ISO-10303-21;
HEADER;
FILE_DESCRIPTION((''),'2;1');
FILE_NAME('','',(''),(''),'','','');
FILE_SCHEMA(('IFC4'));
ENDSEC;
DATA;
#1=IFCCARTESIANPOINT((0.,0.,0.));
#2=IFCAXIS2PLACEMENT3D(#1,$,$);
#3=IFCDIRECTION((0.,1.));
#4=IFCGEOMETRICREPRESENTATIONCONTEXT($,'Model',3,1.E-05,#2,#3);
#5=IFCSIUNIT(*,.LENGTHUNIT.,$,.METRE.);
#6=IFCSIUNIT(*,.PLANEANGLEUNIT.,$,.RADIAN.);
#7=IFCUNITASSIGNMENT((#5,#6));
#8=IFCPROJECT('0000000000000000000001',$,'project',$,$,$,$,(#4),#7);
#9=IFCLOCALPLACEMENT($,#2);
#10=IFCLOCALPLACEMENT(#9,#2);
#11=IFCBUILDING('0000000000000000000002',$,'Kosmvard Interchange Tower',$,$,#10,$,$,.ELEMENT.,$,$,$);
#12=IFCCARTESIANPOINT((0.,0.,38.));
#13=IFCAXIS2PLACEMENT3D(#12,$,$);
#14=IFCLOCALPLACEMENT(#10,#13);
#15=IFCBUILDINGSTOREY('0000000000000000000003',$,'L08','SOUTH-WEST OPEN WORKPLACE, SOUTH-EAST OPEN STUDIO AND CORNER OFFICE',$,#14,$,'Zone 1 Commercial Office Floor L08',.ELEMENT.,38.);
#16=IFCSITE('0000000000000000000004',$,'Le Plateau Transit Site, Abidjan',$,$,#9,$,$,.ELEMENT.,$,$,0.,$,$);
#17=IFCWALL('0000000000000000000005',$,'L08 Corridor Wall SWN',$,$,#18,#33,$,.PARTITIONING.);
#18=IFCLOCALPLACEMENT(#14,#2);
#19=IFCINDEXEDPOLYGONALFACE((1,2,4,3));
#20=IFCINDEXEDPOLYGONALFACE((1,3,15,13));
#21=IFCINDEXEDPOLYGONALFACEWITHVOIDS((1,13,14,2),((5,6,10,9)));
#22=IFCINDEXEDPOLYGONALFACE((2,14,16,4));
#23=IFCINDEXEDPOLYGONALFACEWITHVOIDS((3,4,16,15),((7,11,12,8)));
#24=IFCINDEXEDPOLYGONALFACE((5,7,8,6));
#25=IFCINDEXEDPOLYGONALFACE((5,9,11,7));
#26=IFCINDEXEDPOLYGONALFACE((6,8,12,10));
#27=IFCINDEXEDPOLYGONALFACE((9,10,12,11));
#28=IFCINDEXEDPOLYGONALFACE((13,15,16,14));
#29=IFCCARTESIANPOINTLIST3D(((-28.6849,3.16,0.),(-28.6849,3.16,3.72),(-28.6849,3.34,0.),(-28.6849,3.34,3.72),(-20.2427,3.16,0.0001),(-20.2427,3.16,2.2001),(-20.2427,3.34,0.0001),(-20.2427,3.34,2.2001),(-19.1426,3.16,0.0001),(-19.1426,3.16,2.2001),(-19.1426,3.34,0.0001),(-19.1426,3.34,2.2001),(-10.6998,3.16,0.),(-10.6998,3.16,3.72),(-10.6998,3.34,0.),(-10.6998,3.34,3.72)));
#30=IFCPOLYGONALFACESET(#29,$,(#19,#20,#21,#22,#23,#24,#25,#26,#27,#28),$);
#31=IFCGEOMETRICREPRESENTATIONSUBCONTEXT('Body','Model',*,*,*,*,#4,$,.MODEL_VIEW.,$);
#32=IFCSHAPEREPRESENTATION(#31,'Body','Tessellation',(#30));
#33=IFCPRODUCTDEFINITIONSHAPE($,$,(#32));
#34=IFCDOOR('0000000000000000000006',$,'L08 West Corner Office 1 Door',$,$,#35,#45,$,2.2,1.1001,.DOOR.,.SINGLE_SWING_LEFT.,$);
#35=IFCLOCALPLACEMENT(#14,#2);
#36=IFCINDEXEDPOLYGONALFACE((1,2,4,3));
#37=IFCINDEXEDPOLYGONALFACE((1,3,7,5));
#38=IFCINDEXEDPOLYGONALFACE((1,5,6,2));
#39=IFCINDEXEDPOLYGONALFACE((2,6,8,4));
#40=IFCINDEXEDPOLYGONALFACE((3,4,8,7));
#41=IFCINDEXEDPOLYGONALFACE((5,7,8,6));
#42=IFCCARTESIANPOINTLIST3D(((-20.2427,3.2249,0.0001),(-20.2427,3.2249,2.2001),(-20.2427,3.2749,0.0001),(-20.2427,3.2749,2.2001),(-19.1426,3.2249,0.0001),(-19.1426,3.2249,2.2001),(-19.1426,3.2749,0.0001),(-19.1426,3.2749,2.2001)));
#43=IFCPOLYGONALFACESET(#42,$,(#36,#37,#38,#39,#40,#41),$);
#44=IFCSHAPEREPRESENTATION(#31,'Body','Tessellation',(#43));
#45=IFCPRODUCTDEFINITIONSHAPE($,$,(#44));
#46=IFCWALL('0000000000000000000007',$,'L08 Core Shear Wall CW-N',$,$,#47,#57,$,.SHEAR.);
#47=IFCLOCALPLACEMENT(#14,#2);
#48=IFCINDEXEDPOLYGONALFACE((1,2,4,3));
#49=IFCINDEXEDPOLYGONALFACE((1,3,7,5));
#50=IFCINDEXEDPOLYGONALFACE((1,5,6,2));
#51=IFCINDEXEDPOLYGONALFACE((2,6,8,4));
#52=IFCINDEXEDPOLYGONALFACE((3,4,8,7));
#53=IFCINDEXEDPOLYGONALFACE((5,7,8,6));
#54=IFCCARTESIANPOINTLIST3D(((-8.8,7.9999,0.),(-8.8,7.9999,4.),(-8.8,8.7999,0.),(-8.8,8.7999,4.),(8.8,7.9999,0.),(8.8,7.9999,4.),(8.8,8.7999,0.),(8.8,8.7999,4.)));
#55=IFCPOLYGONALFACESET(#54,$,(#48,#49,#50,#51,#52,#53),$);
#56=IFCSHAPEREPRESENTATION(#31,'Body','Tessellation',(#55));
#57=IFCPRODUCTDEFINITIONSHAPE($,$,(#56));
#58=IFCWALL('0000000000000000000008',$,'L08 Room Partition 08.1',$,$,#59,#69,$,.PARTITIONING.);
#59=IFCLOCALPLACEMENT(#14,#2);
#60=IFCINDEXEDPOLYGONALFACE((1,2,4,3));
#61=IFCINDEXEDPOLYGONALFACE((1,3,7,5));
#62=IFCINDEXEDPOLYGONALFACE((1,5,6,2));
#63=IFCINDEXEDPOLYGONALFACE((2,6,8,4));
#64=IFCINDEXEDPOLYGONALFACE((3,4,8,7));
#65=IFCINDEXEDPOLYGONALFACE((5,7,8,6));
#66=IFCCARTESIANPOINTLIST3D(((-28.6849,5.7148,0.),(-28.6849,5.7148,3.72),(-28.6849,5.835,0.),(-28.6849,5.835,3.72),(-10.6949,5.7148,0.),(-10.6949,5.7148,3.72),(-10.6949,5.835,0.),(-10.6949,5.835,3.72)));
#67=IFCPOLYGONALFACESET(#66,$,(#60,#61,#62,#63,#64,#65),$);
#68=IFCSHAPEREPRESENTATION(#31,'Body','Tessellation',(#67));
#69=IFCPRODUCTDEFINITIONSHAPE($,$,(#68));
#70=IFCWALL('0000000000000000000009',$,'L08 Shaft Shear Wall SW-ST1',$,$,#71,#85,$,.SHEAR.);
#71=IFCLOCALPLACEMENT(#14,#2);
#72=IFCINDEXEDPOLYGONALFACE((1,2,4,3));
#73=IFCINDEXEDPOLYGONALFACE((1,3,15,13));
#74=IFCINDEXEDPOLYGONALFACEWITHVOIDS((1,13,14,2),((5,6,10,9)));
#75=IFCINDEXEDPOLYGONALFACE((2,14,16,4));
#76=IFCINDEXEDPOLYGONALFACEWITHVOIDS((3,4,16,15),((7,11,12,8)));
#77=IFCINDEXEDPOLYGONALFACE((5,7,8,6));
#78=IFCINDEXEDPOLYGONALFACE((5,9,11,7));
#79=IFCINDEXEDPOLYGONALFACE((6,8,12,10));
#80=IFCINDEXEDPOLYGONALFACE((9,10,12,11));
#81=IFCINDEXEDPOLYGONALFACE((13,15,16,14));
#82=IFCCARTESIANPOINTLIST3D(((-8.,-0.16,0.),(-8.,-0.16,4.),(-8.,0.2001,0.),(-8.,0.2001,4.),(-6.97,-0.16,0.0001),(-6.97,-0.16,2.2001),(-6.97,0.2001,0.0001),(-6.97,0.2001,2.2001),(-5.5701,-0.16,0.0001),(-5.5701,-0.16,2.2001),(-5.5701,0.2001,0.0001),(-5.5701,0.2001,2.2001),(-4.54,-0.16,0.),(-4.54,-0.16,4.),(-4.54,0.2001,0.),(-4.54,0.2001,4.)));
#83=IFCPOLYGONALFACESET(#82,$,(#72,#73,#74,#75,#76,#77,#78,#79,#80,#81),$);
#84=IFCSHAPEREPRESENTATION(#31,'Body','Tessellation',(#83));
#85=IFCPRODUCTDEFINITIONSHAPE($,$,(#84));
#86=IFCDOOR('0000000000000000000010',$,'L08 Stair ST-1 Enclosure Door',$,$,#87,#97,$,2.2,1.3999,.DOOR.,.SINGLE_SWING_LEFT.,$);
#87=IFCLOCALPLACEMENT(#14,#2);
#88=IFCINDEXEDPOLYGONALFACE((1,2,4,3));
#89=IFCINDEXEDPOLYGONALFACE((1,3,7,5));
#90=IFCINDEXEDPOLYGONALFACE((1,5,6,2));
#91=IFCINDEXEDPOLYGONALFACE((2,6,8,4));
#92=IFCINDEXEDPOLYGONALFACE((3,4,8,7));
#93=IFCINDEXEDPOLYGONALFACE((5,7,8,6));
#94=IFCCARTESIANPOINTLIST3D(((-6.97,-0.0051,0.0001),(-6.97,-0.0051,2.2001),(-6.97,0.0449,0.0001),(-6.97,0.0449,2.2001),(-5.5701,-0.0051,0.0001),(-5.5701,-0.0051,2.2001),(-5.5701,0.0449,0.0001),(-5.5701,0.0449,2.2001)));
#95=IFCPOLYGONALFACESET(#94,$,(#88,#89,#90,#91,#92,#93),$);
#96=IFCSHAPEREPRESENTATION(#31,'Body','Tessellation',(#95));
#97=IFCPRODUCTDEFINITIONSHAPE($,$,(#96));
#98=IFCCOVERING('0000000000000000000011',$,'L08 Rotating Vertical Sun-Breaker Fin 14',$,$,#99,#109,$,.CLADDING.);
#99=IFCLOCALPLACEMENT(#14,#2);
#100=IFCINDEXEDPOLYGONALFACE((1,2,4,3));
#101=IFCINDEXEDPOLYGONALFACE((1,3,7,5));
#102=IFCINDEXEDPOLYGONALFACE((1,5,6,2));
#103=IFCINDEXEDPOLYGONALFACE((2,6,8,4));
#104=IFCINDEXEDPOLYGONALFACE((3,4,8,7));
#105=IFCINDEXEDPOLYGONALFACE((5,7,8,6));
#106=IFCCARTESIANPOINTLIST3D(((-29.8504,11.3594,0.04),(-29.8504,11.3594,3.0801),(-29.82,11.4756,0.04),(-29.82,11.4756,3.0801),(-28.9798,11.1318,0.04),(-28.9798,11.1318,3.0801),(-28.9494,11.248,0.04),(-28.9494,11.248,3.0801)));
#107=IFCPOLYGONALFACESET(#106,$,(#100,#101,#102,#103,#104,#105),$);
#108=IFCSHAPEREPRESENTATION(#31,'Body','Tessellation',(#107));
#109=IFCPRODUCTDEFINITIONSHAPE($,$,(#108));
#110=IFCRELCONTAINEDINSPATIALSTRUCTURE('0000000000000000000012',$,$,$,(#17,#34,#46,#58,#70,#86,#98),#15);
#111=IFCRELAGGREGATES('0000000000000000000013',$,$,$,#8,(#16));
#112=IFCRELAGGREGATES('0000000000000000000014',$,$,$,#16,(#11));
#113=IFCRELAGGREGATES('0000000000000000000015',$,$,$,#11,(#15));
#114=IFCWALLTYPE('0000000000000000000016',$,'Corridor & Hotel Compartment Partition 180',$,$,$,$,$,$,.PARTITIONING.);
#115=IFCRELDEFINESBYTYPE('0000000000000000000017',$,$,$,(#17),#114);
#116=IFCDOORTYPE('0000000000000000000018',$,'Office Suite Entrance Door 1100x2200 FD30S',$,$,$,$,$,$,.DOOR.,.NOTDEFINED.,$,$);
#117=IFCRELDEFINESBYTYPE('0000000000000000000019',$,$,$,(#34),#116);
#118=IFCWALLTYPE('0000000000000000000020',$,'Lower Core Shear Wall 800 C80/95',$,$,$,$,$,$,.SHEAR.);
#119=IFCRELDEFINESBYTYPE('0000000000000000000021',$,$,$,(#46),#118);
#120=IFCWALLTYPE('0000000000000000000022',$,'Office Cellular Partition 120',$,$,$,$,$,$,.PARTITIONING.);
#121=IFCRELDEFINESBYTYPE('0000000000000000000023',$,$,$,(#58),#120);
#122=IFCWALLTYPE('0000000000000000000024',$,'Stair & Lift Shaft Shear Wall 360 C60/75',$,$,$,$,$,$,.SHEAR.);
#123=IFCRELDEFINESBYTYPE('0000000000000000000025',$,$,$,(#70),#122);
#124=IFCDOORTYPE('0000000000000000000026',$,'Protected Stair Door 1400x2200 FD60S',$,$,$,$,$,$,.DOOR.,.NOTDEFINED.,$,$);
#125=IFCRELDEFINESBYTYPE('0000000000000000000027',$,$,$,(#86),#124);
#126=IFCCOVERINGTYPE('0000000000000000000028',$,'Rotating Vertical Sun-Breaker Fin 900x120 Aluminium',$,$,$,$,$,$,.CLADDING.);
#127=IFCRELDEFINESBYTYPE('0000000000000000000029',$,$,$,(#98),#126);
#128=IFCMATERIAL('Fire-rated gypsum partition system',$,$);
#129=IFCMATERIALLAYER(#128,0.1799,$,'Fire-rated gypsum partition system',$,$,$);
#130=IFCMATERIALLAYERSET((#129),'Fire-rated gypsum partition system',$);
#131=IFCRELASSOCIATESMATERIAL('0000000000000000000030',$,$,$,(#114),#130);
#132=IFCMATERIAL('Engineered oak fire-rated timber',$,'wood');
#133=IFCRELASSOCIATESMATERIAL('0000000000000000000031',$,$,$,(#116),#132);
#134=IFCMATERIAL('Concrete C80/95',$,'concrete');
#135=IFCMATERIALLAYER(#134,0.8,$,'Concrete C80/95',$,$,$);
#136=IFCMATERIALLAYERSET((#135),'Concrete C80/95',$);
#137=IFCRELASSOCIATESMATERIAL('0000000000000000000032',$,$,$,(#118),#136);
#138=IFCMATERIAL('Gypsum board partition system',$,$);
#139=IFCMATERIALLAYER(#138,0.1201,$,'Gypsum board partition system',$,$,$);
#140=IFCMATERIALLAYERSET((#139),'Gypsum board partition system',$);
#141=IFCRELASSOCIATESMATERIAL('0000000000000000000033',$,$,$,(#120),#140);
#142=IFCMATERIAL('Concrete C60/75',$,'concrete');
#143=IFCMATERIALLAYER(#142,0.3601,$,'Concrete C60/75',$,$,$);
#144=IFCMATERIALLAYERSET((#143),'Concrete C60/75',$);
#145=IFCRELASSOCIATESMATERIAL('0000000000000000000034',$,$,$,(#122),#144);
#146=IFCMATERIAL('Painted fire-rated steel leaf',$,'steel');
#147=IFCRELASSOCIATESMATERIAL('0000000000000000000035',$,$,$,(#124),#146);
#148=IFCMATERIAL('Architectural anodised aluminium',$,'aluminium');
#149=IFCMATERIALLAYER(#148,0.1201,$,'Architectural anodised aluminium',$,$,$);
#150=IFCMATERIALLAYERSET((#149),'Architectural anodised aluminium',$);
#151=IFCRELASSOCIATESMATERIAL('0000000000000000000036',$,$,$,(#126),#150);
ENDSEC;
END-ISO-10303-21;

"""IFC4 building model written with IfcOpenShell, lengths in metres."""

from ifc_helpers import new_model, si_unit, direction, frame, frame_2d, origin, origin_2d, place, context, subcontext, project, spatial, rectangle, extrude, source, transform, mapped, material, layer, layer_set, type_object, element, fill, save


model = new_model("IFC4")

# Units and contexts
model_context = context("Model", 3, precision=1e-05, world=origin(), true_north=direction((0.0, 1.0)))
body_context = subcontext(model_context, "Body", "Model", "MODEL_VIEW")
ifc_project = project(units=[si_unit("LENGTHUNIT", "METRE"), si_unit("PLANEANGLEUNIT", "RADIAN")], contexts=[model_context])

# Site, building, storey
site_placement = place(None, origin())
site = spatial("IfcSite", under=ifc_project, at=site_placement, Name="Le Plateau Transit Site, Abidjan", CompositionType="ELEMENT", RefElevation=0.0)
building_placement = place(site_placement, origin())
building = spatial("IfcBuilding", under=site, at=building_placement, Name="Kosmvard Interchange Tower", CompositionType="ELEMENT")
storey_placement = place(building_placement, frame((0.0, 0.0, 38.0)))
storey = spatial("IfcBuildingStorey", under=building, at=storey_placement, Name="L08", Description="SOUTH-WEST OPEN WORKPLACE, SOUTH-EAST OPEN STUDIO AND CORNER OFFICE", LongName="Zone 1 Commercial Office Floor L08", CompositionType="ELEMENT", Elevation=38.0)

# Shared definitions
ifc_material_1 = material(Name="Concrete C80/95", Category="concrete")

# Shared definitions
ifc_material_2 = material(Name="Fire-rated gypsum partition system")
ifc_layer_1 = layer(ifc_material_2, 0.1799, Name="Fire-rated gypsum partition system")
ifc_layer_set_1 = layer_set([ifc_layer_1], Name="Fire-rated gypsum partition system")
wall_type_1 = type_object("IfcWallType", Name="Corridor & Hotel Compartment Partition 180", PredefinedType="PARTITIONING", material=ifc_layer_set_1)
ifc_material_3 = material(Name="Engineered oak fire-rated timber", Category="wood")
door_type_1 = type_object("IfcDoorType", Name="Office Suite Entrance Door 1100x2200 FD30S", OperationType="NOTDEFINED", PredefinedType="DOOR", material=ifc_material_3)
shared_shape_1 = source(origin(), body_context, "Body", "SweptSolid", [
    extrude(rectangle(XDim=1.1001, YDim=2.2, at=frame_2d((0.55, 1.1001))), frame((0.0, 0.0249, 0.0), z_axis=(0.0, -1.0, 0.0), x_axis=(1.0, 0.0, 0.0)), (0.0, 0.0, 1.0), 0.05),
])

# Wall, opening, door
wall_1_placement = place(storey_placement, frame((-28.6851, 3.25, 0.0), z_axis=(0.0, 0.0, 1.0), x_axis=(1.0, 0.0, 0.0)))
wall_1 = element("IfcWall", 1, at=wall_1_placement, inside=storey, type_object=wall_type_1, Name="L08 Corridor Wall SWN", PredefinedType="PARTITIONING", context=body_context, shape_type="SweptSolid", body=[
    extrude(rectangle(XDim=17.9851, YDim=0.1799, at=frame_2d((8.9927, 0.0))), origin(), (0.0, 0.0, 1.0), 3.72),
])
opening_1_placement = place(wall_1_placement, frame((8.4424, 0.0, 0.0)))
opening_1 = element("IfcOpeningElement", 2, at=opening_1_placement, cuts=wall_1, PredefinedType="OPENING", context=body_context, shape_type="SweptSolid", body=[
    extrude(rectangle(XDim=1.1001, YDim=2.2, at=frame_2d((0.55, 1.1001))), frame((0.0, 0.1001, 0.0), z_axis=(0.0, -1.0, 0.0), x_axis=(1.0, 0.0, 0.0)), (0.0, 0.0, 1.0), 0.2),
])
door_1_placement = place(opening_1_placement, origin())
door_1 = element("IfcDoor", 3, at=door_1_placement, inside=storey, type_object=door_type_1, Name="L08 West Corner Office 1 Door", OperationType="SINGLE_SWING_LEFT", OverallHeight=2.2, OverallWidth=1.1001, PredefinedType="DOOR", context=body_context, shape_type="MappedRepresentation", body=[
    mapped(shared_shape_1, transform((0.0, 0.0, 0.0), scale=1.0)),
])
fill(opening_1, door_1)

# Walls
ifc_layer_2 = layer(ifc_material_1, 0.8, Name="Concrete C80/95")
ifc_layer_set_2 = layer_set([ifc_layer_2], Name="Concrete C80/95")
wall_type_2 = type_object("IfcWallType", Name="Lower Core Shear Wall 800 C80/95", PredefinedType="SHEAR", material=ifc_layer_set_2)
wall_2_placement = place(storey_placement, frame((-8.8, 8.3999, 0.0), z_axis=(0.0, 0.0, 1.0), x_axis=(1.0, 0.0, 0.0)))
element("IfcWall", 4, at=wall_2_placement, inside=storey, type_object=wall_type_2, Name="L08 Core Shear Wall CW-N", PredefinedType="SHEAR", context=body_context, shape_type="SweptSolid", body=[
    extrude(rectangle(XDim=17.6001, YDim=0.8, at=frame_2d((8.8, 0.0))), origin(), (0.0, 0.0, 1.0), 4.0),
])
ifc_material_4 = material(Name="Gypsum board partition system")
ifc_layer_3 = layer(ifc_material_4, 0.1201, Name="Gypsum board partition system")
ifc_layer_set_3 = layer_set([ifc_layer_3], Name="Gypsum board partition system")
wall_type_3 = type_object("IfcWallType", Name="Office Cellular Partition 120", PredefinedType="PARTITIONING", material=ifc_layer_set_3)
wall_3_placement = place(storey_placement, frame((-28.6851, 5.7749, 0.0), z_axis=(0.0, 0.0, 1.0), x_axis=(1.0, 0.0, 0.0)))
element("IfcWall", 5, at=wall_3_placement, inside=storey, type_object=wall_type_3, Name="L08 Room Partition 08.1", PredefinedType="PARTITIONING", context=body_context, shape_type="SweptSolid", body=[
    extrude(rectangle(XDim=17.99, YDim=0.1201, at=frame_2d((8.9951, 0.0))), origin(), (0.0, 0.0, 1.0), 3.72),
])

# Wall, opening, door
ifc_material_5 = material(Name="Concrete C60/75", Category="concrete")
ifc_layer_4 = layer(ifc_material_5, 0.3601, Name="Concrete C60/75")
ifc_layer_set_4 = layer_set([ifc_layer_4], Name="Concrete C60/75")
wall_type_4 = type_object("IfcWallType", Name="Stair & Lift Shaft Shear Wall 360 C60/75", PredefinedType="SHEAR", material=ifc_layer_set_4)
wall_4_placement = place(storey_placement, frame((-8.0, 0.02, 0.0), z_axis=(0.0, 0.0, 1.0), x_axis=(1.0, 0.0, 0.0)))
wall_4 = element("IfcWall", 6, at=wall_4_placement, inside=storey, type_object=wall_type_4, Name="L08 Shaft Shear Wall SW-ST1", PredefinedType="SHEAR", context=body_context, shape_type="SweptSolid", body=[
    extrude(rectangle(XDim=3.46, YDim=0.3601, at=frame_2d((1.73, 0.0))), origin(), (0.0, 0.0, 1.0), 4.0),
])
opening_2_placement = place(wall_4_placement, frame((1.03, 0.0, 0.0)))
opening_2 = element("IfcOpeningElement", 7, at=opening_2_placement, cuts=wall_4, PredefinedType="OPENING", context=body_context, shape_type="SweptSolid", body=[
    extrude(rectangle(XDim=1.3999, YDim=2.2, at=frame_2d((0.7, 1.1001))), frame((0.0, 0.1899, 0.0), z_axis=(0.0, -1.0, 0.0), x_axis=(1.0, 0.0, 0.0)), (0.0, 0.0, 1.0), 0.3801),
])
ifc_material_6 = material(Name="Painted fire-rated steel leaf", Category="steel")
door_type_2 = type_object("IfcDoorType", Name="Protected Stair Door 1400x2200 FD60S", OperationType="NOTDEFINED", PredefinedType="DOOR", material=ifc_material_6)
shared_shape_2 = source(origin(), body_context, "Body", "SweptSolid", [
    extrude(rectangle(XDim=1.3999, YDim=2.2, at=frame_2d((0.7, 1.1001))), frame((0.0, 0.0249, 0.0), z_axis=(0.0, -1.0, 0.0), x_axis=(1.0, 0.0, 0.0)), (0.0, 0.0, 1.0), 0.05),
])
door_2_placement = place(opening_2_placement, origin())
door_2 = element("IfcDoor", 8, at=door_2_placement, inside=storey, type_object=door_type_2, Name="L08 Stair ST-1 Enclosure Door", OperationType="SINGLE_SWING_LEFT", OverallHeight=2.2, OverallWidth=1.3999, PredefinedType="DOOR", context=body_context, shape_type="MappedRepresentation", body=[
    mapped(shared_shape_2, transform((0.0, 0.0, 0.0), scale=1.0)),
])
fill(opening_2, door_2)

# Covering
ifc_material_7 = material(Name="Architectural anodised aluminium", Category="aluminium")
ifc_layer_5 = layer(ifc_material_7, 0.1201, Name="Architectural anodised aluminium")
ifc_layer_set_5 = layer_set([ifc_layer_5], Name="Architectural anodised aluminium")
covering_type = type_object("IfcCoveringType", Name="Rotating Vertical Sun-Breaker Fin 900x120 Aluminium", PredefinedType="CLADDING", material=ifc_layer_set_5)
shared_shape_3 = source(origin(), body_context, "Body", "SweptSolid", [
    extrude(rectangle(XDim=0.8999, YDim=0.1201, at=origin_2d()), origin(), (0.0, 0.0, 1.0), 3.04),
])
covering_placement = place(storey_placement, frame((-29.3999, 11.3037, 0.04), z_axis=(0.0, 0.0, 1.0), x_axis=(-0.967489, 0.252914, 0.0)))
element("IfcCovering", 9, at=covering_placement, inside=storey, type_object=covering_type, Name="L08 Rotating Vertical Sun-Breaker Fin 14", PredefinedType="CLADDING", context=body_context, shape_type="MappedRepresentation", body=[
    mapped(shared_shape_3, transform((0.0, 0.0, 0.0), scale=1.0)),
])

save(model, "model.ifc")
